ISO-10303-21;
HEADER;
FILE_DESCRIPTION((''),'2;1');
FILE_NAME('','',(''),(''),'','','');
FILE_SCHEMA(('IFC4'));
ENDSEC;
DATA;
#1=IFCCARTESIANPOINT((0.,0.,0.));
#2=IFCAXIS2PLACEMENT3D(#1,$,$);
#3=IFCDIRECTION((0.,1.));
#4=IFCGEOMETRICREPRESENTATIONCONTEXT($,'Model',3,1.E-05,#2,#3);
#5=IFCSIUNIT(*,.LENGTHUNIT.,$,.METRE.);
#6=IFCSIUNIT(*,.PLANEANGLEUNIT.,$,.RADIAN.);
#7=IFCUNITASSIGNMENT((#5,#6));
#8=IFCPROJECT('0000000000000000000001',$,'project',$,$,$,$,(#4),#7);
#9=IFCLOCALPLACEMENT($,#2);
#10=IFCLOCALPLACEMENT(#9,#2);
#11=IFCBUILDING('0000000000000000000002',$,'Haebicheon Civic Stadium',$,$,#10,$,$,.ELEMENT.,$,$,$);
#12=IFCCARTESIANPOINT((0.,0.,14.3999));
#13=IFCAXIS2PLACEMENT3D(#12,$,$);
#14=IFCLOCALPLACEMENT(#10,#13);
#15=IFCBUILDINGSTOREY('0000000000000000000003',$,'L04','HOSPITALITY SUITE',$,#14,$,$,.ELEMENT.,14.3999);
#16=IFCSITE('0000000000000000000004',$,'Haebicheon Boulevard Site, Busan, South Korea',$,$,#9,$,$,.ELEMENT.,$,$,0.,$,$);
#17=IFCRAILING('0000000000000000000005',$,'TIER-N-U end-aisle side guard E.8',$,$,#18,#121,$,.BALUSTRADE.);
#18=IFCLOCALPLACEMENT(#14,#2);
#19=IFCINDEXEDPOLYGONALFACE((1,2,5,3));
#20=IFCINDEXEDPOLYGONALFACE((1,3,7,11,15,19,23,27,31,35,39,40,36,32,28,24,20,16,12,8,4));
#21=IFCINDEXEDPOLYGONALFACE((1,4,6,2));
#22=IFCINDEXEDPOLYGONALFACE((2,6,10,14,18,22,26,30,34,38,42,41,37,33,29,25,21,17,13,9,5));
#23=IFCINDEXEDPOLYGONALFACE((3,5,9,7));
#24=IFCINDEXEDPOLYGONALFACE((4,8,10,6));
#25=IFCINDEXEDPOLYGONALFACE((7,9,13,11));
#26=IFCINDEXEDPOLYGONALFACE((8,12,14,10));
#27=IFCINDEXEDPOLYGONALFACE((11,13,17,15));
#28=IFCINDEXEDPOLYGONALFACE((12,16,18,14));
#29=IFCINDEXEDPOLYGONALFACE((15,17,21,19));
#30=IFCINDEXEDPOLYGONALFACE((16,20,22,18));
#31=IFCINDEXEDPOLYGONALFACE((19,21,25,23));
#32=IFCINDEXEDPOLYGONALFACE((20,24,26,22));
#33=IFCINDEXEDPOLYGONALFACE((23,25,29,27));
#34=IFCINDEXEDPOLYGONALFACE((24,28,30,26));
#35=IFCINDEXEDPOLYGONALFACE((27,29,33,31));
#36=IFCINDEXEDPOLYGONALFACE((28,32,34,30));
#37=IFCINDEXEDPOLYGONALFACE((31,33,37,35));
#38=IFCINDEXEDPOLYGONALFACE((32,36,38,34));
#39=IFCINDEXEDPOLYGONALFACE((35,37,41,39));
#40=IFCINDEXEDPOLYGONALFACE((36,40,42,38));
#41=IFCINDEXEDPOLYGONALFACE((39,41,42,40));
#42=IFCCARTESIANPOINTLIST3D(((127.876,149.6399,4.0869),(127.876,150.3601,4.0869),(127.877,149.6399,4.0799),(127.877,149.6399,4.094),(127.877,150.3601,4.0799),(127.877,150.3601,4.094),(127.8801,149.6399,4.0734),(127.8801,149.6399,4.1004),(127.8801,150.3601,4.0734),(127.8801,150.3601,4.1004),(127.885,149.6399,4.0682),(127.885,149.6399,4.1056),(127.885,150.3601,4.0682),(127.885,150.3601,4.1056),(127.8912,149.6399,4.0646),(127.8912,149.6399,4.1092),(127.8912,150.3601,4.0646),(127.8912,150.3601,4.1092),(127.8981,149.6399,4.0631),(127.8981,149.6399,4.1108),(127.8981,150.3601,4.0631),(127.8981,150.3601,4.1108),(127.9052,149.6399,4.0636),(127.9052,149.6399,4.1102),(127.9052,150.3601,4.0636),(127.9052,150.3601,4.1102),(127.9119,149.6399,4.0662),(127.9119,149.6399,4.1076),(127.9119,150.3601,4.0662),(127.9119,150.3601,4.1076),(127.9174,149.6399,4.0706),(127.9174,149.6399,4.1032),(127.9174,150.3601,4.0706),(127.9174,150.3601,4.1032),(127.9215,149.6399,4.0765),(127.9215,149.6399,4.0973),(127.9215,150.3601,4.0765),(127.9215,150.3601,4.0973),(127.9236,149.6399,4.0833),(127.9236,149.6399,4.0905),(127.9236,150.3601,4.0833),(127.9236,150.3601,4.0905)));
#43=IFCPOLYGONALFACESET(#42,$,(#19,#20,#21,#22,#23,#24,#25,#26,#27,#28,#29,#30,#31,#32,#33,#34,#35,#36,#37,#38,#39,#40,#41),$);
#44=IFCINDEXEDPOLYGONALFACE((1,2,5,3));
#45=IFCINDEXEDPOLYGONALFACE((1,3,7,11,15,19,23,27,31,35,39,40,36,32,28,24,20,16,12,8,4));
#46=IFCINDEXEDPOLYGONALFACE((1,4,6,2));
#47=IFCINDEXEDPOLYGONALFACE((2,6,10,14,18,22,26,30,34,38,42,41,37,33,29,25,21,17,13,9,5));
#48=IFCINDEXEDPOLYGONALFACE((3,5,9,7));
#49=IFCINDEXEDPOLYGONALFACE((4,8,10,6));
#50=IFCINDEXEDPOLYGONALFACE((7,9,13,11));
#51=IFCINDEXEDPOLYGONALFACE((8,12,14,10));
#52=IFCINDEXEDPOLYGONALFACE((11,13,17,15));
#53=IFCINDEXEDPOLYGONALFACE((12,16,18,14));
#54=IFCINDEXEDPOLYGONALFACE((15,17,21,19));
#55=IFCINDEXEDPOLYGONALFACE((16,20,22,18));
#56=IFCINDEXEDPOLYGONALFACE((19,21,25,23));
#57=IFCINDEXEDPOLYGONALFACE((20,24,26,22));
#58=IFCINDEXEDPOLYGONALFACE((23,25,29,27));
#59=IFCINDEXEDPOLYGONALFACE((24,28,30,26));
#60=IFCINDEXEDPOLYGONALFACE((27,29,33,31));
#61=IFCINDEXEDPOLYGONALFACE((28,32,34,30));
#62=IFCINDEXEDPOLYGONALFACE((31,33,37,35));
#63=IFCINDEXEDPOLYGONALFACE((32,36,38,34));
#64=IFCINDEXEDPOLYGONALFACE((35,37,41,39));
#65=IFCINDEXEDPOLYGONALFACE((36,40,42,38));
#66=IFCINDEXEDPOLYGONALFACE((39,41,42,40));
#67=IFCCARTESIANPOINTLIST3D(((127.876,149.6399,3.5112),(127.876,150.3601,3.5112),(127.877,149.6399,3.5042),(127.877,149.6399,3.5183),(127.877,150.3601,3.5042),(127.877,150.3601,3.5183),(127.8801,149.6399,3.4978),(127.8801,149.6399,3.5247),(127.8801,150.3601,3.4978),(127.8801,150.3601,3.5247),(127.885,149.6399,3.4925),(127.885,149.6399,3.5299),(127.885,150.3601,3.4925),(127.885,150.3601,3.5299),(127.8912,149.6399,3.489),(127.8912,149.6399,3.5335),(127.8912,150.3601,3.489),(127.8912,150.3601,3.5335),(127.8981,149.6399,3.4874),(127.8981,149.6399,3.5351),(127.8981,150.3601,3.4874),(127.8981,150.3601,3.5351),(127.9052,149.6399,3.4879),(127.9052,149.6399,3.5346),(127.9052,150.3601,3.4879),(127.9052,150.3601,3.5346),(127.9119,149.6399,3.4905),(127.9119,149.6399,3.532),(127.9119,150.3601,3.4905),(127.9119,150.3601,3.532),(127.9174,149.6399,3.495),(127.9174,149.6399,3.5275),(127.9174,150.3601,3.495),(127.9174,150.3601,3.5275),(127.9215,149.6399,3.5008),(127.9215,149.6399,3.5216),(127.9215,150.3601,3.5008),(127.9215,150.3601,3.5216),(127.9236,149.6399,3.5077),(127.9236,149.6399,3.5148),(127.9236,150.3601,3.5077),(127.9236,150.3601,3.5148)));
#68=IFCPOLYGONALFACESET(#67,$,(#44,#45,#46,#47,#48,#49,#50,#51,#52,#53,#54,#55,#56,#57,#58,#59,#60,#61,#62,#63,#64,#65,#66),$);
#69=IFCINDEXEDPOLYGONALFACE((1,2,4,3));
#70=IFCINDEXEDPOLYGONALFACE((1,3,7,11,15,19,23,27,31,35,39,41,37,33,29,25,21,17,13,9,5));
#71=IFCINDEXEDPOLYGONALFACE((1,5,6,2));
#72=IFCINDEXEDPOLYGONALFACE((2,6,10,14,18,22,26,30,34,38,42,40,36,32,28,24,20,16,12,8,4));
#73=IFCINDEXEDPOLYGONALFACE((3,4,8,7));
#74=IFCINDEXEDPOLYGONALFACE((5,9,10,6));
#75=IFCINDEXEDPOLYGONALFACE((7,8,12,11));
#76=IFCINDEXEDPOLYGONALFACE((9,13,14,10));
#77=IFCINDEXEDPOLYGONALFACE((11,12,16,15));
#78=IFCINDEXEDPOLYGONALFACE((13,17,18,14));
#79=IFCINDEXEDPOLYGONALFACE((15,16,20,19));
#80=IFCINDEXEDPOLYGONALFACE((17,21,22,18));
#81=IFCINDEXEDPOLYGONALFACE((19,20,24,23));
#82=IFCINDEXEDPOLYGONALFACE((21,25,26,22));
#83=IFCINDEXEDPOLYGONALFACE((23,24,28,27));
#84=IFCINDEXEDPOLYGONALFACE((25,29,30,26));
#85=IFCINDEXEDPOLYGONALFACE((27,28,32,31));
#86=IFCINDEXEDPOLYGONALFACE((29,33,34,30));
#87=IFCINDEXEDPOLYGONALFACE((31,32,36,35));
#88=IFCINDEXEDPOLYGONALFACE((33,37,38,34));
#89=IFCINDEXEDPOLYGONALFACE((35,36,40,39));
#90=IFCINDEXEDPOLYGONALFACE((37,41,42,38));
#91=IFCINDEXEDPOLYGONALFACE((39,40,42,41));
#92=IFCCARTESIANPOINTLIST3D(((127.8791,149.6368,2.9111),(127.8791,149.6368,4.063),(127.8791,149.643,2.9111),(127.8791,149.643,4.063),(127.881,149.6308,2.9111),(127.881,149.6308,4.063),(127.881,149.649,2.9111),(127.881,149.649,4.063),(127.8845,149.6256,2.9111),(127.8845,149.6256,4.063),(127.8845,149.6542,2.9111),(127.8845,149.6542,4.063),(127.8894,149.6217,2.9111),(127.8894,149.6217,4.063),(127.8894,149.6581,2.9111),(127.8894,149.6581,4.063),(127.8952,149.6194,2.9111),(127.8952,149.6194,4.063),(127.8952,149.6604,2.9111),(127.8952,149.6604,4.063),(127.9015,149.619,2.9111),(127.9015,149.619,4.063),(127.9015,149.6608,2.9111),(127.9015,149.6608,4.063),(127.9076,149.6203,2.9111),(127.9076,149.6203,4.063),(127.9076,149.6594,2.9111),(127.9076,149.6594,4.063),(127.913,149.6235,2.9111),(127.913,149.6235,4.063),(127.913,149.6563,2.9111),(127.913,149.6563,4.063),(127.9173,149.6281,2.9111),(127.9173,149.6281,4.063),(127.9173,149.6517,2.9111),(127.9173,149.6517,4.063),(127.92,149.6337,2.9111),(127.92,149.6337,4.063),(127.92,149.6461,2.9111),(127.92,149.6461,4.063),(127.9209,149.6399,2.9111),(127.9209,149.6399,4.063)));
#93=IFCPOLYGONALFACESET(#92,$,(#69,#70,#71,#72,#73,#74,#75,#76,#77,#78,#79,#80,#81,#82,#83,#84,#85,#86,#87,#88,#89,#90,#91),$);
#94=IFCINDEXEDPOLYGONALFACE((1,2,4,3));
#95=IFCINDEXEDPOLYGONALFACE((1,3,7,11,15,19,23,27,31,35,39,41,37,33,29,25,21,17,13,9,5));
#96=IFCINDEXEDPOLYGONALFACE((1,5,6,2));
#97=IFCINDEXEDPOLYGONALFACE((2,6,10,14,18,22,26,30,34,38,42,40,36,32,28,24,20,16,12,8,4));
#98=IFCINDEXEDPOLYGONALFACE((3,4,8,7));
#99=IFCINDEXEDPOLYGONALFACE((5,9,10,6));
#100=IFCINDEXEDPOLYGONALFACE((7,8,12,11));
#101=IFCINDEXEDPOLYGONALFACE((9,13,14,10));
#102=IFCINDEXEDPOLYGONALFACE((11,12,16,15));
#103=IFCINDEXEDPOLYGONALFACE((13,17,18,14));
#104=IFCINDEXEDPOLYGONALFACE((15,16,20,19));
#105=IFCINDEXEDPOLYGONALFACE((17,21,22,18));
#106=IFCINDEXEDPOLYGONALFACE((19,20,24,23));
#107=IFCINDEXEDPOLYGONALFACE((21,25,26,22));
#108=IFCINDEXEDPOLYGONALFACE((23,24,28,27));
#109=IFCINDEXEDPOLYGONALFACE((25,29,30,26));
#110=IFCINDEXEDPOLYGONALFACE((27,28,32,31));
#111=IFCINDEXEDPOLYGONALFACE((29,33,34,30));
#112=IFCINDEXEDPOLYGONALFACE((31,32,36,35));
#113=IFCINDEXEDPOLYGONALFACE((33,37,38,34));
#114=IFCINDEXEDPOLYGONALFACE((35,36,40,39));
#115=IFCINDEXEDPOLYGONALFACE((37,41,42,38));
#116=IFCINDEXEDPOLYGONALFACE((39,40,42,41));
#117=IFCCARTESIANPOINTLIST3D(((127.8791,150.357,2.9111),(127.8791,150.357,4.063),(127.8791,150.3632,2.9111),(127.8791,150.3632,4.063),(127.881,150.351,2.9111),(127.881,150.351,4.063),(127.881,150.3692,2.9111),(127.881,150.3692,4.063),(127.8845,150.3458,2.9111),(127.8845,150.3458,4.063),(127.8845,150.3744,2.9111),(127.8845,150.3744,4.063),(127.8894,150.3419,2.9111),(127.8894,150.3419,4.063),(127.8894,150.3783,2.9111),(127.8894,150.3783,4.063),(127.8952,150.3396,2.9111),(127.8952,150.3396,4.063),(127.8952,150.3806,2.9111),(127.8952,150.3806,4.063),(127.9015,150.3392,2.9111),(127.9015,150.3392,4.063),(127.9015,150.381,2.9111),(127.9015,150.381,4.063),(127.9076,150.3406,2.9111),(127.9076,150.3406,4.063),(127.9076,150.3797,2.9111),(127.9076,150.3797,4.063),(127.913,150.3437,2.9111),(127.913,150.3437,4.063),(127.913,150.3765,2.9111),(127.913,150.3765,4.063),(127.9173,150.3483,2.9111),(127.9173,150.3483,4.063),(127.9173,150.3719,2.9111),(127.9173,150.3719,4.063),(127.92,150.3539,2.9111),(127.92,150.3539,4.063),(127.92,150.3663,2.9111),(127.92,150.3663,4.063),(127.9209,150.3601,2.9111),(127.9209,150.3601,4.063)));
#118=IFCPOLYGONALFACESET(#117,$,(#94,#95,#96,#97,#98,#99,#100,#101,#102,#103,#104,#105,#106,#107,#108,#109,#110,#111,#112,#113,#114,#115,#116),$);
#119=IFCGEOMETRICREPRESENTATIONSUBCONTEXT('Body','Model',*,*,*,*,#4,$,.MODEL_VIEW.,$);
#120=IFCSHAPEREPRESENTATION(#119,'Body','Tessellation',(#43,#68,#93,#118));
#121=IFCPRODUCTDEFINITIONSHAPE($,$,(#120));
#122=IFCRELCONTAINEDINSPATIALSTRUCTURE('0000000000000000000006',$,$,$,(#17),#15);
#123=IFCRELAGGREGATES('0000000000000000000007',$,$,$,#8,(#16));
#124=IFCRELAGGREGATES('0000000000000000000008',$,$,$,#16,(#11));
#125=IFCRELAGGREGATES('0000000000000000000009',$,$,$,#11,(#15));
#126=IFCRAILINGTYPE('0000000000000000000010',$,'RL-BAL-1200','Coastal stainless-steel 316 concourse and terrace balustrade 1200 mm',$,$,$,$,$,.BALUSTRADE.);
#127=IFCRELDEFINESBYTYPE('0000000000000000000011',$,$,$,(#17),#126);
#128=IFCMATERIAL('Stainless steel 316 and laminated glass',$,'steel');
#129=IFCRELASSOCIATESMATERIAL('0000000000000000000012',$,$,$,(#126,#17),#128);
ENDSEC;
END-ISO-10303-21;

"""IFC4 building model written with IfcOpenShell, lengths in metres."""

from ifc_helpers import new_model, si_unit, direction, frame, origin, origin_2d, place, context, subcontext, project, spatial, circle, extrude, material, type_object, element, save


model = new_model("IFC4")

# Units and contexts
model_context = context("Model", 3, precision=1e-05, world=origin(), true_north=direction((0.0, 1.0)))
body_context = subcontext(model_context, "Body", "Model", "MODEL_VIEW")
ifc_project = project(units=[si_unit("LENGTHUNIT", "METRE"), si_unit("PLANEANGLEUNIT", "RADIAN")], contexts=[model_context])

# Site, building, storey
site_placement = place(None, origin())
site = spatial("IfcSite", under=ifc_project, at=site_placement, Name="Haebicheon Boulevard Site, Busan, South Korea", CompositionType="ELEMENT", RefElevation=0.0)
building_placement = place(site_placement, origin())
building = spatial("IfcBuilding", under=site, at=building_placement, Name="Haebicheon Civic Stadium", CompositionType="ELEMENT")
storey_placement = place(building_placement, frame((0.0, 0.0, 14.3999)))
storey = spatial("IfcBuildingStorey", under=building, at=storey_placement, Name="L04", Description="HOSPITALITY SUITE", CompositionType="ELEMENT", Elevation=14.3999)

# Railing
ifc_material_1 = material(Name="Stainless steel 316 and laminated glass", Category="steel")
railing_type = type_object("IfcRailingType", Name="RL-BAL-1200", Description="Coastal stainless-steel 316 concourse and terrace balustrade 1200 mm", PredefinedType="BALUSTRADE", material=ifc_material_1)
railing_1_placement = place(storey_placement, frame((127.8999, 149.6399, 2.9111)))
element("IfcRailing", 1, at=railing_1_placement, inside=storey, type_object=railing_type, material=ifc_material_1, Name="TIER-N-U end-aisle side guard E.8", PredefinedType="BALUSTRADE", context=body_context, shape_type="SweptSolid", body=[
    extrude(circle(Radius=0.0239, at=origin_2d()), frame((0.0, 0.0, 1.1758), z_axis=(0.0, 1.0, 0.0), x_axis=(-1.0, 0.0, 0.0)), (0.0, 0.0, 1.0), 0.7202),
    extrude(circle(Radius=0.0239, at=origin_2d()), frame((0.0, 0.0, 0.6001), z_axis=(0.0, 1.0, 0.0), x_axis=(-1.0, 0.0, 0.0)), (0.0, 0.0, 1.0), 0.7202),
    extrude(circle(Radius=0.021, at=origin_2d()), origin(), (0.0, 0.0, 1.0), 1.1519),
    extrude(circle(Radius=0.021, at=origin_2d()), frame((0.0, 0.7202, 0.0)), (0.0, 0.0, 1.0), 1.1519),
])

save(model, "model.ifc")
